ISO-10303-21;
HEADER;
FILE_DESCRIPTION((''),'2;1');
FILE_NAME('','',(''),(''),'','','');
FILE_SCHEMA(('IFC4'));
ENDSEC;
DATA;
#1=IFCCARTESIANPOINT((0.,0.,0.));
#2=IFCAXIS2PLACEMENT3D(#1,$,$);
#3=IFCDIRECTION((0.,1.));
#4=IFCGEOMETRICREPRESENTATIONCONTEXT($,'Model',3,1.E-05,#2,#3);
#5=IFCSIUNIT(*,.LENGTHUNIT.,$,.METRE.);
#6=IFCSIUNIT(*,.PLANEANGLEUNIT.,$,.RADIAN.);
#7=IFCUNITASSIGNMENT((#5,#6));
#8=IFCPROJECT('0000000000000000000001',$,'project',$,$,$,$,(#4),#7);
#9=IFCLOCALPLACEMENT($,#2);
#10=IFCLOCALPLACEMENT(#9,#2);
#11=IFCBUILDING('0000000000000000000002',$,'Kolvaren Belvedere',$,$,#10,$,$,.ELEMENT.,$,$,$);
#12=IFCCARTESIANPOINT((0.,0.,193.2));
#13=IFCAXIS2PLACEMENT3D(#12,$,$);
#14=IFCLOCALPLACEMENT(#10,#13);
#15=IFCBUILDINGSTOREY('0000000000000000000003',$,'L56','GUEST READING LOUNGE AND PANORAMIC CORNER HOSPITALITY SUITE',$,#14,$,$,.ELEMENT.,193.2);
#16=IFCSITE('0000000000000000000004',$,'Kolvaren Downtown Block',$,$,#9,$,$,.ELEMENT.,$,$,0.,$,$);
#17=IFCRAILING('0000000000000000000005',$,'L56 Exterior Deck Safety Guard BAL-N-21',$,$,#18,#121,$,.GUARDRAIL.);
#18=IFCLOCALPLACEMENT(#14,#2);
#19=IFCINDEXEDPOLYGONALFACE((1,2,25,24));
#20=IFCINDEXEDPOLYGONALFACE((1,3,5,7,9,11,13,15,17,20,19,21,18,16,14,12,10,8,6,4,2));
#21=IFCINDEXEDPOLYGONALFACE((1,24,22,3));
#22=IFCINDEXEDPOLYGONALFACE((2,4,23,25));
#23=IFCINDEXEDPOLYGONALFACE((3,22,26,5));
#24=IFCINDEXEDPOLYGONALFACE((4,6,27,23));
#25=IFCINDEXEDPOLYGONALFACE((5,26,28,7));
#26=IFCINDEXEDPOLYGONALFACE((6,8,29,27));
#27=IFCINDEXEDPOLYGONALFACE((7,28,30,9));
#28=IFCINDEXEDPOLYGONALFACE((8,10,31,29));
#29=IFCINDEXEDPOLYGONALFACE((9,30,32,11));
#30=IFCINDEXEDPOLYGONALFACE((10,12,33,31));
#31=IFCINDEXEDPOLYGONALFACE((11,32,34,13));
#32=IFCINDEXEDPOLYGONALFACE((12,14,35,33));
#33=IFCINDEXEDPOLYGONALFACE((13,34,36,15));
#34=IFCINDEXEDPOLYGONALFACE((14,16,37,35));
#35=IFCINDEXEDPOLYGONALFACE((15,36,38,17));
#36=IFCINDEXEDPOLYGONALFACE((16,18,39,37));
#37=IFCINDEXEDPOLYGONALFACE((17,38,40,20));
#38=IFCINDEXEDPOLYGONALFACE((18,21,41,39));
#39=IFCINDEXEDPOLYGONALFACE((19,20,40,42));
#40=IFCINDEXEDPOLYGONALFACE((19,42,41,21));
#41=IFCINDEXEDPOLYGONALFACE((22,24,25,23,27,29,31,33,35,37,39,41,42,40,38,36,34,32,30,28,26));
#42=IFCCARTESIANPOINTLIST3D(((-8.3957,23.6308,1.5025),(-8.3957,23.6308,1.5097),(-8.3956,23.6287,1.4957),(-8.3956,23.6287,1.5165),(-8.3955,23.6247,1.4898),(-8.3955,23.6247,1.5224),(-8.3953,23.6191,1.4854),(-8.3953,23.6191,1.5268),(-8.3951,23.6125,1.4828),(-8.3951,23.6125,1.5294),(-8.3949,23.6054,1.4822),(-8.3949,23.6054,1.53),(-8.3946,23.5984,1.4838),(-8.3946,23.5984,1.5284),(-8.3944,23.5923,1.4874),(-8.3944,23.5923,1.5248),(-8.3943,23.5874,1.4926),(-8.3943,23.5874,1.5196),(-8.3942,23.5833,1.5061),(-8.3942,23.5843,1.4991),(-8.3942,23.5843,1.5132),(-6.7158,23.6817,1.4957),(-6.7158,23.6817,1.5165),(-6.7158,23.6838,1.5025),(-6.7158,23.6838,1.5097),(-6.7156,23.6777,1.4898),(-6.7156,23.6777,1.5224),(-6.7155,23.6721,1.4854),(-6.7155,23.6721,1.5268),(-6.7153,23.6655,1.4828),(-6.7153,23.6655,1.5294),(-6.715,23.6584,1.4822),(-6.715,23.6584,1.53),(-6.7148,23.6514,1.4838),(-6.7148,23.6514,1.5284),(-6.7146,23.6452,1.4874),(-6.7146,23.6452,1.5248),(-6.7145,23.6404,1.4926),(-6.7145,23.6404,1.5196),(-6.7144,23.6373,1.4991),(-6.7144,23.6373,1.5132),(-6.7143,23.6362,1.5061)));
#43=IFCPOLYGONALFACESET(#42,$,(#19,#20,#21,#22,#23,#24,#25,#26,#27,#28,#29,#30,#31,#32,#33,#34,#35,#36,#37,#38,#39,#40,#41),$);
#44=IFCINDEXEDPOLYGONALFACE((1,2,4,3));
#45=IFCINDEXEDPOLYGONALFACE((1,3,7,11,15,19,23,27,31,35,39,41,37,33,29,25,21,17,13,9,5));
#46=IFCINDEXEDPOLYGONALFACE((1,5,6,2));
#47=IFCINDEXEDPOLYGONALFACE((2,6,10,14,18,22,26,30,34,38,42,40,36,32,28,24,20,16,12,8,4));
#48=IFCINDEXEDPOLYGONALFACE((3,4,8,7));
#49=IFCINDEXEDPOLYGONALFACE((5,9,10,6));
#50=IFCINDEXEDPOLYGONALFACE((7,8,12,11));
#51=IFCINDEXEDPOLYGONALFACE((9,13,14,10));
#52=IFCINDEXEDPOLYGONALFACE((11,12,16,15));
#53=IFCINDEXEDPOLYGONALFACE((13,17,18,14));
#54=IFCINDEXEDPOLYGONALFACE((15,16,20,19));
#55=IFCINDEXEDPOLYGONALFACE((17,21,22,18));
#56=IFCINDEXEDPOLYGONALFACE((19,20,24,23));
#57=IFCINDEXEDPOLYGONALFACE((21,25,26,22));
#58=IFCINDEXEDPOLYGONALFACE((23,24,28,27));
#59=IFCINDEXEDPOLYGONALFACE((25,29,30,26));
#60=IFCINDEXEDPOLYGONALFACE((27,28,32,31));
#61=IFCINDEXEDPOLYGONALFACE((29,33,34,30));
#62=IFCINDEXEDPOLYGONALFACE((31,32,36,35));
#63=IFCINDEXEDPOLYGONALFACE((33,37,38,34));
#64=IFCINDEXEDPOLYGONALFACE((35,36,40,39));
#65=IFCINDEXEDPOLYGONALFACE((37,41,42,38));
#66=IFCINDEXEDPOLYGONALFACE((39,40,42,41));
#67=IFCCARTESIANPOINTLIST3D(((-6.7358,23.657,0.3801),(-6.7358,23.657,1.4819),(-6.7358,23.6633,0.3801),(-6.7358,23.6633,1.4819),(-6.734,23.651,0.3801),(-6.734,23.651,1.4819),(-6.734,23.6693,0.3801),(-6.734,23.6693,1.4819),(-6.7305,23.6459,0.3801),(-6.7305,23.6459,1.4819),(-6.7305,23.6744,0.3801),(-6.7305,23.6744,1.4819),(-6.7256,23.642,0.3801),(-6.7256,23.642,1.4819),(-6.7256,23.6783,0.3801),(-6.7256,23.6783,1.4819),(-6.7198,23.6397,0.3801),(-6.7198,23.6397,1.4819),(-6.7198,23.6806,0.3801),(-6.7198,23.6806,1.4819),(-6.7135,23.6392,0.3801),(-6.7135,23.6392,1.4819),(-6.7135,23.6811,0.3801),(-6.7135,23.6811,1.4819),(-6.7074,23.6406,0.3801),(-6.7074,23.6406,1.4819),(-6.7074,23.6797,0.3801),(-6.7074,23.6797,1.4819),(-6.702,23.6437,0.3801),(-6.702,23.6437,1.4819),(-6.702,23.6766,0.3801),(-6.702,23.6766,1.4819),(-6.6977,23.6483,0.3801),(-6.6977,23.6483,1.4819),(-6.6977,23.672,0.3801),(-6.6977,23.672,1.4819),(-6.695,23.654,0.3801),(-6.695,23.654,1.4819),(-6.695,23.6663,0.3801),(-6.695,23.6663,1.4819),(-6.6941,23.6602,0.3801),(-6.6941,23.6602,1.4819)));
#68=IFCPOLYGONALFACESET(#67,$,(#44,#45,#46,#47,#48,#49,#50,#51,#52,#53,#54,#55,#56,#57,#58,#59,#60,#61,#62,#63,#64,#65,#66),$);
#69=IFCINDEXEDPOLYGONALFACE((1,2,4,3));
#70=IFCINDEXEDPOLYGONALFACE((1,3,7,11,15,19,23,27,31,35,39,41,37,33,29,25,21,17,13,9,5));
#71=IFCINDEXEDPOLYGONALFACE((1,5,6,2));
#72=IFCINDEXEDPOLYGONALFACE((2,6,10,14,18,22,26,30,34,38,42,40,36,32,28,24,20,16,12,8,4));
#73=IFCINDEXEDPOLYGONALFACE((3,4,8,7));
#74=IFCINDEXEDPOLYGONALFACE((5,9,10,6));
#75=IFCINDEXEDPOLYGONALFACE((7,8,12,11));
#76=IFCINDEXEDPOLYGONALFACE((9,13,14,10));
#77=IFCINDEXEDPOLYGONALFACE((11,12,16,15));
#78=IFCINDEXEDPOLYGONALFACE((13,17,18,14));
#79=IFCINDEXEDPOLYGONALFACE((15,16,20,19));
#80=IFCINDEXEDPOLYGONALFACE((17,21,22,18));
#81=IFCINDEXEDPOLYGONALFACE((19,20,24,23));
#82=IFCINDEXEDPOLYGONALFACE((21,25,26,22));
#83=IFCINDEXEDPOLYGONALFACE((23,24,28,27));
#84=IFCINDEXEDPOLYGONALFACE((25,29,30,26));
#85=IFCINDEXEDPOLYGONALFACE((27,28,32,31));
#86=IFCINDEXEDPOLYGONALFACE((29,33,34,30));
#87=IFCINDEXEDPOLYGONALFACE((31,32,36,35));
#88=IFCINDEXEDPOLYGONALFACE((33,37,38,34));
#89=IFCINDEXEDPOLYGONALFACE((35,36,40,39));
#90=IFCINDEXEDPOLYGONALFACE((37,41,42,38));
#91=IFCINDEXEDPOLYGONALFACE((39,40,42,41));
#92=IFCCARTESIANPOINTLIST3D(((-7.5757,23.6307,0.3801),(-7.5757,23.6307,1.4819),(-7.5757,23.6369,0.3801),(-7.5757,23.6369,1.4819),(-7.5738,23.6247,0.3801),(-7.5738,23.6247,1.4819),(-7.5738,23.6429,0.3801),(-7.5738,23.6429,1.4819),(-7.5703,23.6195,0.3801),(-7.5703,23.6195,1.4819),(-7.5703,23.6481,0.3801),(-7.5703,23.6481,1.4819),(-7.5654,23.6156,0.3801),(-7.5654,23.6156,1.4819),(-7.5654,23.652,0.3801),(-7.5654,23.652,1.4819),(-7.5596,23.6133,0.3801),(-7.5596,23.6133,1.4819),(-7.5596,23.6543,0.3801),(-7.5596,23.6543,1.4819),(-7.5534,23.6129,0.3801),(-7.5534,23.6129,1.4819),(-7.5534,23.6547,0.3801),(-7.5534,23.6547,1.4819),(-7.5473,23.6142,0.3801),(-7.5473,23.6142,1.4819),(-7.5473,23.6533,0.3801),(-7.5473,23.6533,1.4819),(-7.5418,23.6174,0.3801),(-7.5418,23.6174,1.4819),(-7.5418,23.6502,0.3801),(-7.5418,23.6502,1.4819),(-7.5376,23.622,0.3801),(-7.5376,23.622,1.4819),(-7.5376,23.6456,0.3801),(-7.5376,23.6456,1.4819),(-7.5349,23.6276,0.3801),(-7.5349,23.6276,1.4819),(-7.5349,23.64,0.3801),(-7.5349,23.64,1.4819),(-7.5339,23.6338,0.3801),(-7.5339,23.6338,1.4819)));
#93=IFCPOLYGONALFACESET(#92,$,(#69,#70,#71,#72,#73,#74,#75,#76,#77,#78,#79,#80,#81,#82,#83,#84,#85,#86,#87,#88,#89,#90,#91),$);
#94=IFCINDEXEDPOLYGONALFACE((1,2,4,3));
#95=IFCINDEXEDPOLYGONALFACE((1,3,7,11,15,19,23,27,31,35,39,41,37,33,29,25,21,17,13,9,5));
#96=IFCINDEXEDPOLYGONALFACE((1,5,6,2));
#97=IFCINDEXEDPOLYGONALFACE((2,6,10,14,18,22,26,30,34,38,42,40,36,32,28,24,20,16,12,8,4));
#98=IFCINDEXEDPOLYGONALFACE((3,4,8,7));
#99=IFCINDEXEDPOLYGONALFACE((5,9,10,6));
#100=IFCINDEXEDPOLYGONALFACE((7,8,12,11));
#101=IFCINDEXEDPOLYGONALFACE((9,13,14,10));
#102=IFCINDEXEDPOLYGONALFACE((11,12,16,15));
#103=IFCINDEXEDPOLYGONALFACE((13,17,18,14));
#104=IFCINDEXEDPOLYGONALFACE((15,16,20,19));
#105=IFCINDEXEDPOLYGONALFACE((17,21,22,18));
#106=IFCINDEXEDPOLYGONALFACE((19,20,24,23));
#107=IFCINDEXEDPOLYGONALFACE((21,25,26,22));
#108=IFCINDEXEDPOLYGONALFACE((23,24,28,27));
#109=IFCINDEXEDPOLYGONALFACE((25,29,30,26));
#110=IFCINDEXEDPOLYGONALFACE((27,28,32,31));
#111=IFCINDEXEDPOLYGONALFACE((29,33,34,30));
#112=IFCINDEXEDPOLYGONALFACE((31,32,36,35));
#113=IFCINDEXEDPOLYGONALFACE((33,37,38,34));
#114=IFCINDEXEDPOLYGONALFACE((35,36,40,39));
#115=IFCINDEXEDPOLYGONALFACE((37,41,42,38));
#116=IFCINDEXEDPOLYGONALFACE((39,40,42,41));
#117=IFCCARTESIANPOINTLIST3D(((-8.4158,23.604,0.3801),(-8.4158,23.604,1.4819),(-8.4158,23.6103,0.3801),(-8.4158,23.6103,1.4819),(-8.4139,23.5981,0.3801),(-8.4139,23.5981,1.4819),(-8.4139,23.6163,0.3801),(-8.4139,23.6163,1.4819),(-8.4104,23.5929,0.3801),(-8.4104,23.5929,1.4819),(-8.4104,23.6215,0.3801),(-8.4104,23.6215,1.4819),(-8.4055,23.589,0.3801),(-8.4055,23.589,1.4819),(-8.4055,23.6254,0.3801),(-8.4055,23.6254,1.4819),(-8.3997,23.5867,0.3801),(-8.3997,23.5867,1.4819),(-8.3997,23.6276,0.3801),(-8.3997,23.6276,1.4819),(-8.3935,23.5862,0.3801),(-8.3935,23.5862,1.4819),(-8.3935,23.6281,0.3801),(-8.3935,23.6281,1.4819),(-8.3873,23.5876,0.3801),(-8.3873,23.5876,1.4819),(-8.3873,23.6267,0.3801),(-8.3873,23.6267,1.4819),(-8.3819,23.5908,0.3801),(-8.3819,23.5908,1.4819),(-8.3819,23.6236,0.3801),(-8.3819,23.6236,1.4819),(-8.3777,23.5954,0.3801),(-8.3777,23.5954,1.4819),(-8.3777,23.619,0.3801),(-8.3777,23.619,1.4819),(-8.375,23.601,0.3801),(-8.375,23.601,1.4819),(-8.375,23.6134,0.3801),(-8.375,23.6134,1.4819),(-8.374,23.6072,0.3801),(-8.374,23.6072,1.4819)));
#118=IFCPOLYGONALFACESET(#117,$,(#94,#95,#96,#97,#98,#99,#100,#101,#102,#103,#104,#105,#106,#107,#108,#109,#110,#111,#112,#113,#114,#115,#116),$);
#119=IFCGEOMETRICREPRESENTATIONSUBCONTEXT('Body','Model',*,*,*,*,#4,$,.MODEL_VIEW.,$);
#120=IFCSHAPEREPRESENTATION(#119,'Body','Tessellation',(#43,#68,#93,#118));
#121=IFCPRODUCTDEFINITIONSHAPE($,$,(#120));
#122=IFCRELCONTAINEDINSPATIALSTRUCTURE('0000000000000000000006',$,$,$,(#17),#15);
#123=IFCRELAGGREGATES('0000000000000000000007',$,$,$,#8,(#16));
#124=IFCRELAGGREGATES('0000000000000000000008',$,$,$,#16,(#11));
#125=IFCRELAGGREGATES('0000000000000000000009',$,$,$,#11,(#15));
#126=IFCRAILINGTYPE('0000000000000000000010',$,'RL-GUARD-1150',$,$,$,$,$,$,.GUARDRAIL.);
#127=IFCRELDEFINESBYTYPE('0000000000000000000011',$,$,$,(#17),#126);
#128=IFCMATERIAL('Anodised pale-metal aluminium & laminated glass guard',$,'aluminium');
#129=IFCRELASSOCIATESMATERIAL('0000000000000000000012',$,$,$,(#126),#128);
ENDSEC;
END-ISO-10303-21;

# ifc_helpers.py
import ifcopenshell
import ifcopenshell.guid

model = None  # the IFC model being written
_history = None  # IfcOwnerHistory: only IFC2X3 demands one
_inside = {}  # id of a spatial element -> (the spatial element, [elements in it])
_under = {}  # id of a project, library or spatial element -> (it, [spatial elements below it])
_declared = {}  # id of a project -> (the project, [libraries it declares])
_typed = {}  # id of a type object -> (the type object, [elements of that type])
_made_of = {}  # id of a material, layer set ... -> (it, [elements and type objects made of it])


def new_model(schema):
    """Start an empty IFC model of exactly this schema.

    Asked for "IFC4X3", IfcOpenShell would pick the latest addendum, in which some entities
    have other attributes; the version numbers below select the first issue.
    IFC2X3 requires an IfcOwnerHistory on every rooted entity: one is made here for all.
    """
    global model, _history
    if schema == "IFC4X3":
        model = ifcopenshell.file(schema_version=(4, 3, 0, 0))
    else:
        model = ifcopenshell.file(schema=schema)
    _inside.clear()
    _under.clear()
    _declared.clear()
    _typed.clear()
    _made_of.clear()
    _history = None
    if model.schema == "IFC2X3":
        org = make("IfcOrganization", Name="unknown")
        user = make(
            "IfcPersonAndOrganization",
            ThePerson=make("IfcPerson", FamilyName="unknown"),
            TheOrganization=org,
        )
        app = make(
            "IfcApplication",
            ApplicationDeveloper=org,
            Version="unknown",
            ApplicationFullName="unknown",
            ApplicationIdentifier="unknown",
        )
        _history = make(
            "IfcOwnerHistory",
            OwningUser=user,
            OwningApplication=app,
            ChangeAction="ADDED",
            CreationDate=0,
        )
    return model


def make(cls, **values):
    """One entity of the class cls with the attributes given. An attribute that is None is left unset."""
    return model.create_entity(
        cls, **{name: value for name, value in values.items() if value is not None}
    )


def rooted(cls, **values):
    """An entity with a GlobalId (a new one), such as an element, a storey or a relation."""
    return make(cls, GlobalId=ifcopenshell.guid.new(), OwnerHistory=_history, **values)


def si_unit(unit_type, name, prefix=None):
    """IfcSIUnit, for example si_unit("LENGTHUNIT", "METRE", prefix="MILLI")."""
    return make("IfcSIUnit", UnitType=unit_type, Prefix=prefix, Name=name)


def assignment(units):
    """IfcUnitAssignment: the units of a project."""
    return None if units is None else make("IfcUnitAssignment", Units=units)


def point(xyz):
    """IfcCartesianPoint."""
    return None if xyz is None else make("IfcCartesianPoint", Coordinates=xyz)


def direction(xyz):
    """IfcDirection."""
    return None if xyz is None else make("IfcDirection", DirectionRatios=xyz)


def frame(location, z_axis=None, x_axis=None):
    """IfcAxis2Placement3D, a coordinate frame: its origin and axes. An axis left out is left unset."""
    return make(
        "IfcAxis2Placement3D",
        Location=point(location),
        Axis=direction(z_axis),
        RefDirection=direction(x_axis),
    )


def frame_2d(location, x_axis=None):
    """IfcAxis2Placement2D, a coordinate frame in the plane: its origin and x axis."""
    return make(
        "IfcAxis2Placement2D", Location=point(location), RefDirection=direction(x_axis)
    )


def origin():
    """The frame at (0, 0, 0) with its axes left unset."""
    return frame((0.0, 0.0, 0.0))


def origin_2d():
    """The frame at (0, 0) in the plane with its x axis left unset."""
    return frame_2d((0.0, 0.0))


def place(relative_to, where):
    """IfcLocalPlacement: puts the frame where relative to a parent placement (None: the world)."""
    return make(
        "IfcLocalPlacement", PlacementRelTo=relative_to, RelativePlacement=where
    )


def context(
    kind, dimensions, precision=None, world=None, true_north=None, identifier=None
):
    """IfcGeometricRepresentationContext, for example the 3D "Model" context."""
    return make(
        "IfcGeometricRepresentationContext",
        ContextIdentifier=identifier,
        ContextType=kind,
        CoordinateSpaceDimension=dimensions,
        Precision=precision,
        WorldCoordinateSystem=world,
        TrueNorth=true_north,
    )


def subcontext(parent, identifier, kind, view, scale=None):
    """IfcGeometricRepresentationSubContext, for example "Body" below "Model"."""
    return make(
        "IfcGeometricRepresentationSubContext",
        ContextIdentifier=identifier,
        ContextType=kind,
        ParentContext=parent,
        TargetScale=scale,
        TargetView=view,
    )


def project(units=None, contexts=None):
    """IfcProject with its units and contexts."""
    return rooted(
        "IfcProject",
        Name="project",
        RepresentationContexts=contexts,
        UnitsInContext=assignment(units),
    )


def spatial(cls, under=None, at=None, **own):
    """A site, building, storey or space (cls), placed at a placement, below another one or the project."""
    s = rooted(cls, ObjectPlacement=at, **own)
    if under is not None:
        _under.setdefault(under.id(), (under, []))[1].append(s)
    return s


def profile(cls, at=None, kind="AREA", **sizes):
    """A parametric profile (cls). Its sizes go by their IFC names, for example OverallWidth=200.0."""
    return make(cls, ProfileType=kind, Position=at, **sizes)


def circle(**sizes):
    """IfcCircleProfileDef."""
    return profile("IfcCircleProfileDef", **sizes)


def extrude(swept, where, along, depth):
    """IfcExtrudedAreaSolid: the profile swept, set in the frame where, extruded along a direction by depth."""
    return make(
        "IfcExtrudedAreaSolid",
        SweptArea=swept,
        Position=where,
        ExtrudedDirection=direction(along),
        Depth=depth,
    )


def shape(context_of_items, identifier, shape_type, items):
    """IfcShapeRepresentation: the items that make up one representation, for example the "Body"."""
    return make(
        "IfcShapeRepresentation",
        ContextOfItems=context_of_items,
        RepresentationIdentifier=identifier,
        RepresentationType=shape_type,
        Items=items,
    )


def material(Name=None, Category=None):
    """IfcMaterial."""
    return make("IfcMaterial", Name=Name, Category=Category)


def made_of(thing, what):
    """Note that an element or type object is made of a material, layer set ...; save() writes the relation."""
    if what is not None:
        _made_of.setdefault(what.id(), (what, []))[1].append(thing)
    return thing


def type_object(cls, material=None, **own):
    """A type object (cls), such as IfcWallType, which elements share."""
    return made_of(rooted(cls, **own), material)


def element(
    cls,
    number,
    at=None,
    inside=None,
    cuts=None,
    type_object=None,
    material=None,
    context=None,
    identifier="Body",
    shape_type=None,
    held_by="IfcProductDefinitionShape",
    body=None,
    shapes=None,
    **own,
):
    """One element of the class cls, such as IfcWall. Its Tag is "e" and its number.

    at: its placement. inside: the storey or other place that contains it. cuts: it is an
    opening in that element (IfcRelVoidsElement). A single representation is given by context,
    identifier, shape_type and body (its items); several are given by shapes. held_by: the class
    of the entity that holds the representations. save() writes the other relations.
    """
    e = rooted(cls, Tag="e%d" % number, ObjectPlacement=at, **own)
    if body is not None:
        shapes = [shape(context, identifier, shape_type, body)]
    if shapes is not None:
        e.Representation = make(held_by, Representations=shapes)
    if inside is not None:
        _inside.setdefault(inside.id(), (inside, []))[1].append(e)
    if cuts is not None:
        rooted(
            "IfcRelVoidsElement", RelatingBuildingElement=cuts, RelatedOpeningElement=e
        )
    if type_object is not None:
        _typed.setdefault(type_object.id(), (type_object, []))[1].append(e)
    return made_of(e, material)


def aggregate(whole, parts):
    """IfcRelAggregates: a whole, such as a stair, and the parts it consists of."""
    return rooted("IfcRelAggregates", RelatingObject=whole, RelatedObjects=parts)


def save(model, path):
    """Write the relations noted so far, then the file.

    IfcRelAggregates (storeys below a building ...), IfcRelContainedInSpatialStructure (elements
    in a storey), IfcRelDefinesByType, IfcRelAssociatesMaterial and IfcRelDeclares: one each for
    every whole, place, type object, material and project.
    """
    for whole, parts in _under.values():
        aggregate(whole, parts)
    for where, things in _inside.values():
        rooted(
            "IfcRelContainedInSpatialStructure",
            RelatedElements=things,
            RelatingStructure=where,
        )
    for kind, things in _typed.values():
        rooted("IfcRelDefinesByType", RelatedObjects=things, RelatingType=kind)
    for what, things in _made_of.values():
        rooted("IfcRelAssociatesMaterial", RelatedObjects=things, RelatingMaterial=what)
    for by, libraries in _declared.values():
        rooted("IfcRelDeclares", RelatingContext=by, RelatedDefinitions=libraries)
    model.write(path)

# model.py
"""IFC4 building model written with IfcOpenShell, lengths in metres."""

from ifc_helpers import new_model, si_unit, direction, frame, origin, origin_2d, place, context, subcontext, project, spatial, circle, extrude, material, type_object, element, save


model = new_model("IFC4")

# Units and contexts
model_context = context("Model", 3, precision=1e-05, world=origin(), true_north=direction((0.0, 1.0)))
body_context = subcontext(model_context, "Body", "Model", "MODEL_VIEW")
ifc_project = project(units=[si_unit("LENGTHUNIT", "METRE"), si_unit("PLANEANGLEUNIT", "RADIAN")], contexts=[model_context])

# Site, building, storey
site_placement = place(None, origin())
site = spatial("IfcSite", under=ifc_project, at=site_placement, Name="Kolvaren Downtown Block", CompositionType="ELEMENT", RefElevation=0.0)
building_placement = place(site_placement, origin())
building = spatial("IfcBuilding", under=site, at=building_placement, Name="Kolvaren Belvedere", CompositionType="ELEMENT")
storey_placement = place(building_placement, frame((0.0, 0.0, 193.2)))
storey = spatial("IfcBuildingStorey", under=building, at=storey_placement, Name="L56", Description="GUEST READING LOUNGE AND PANORAMIC CORNER HOSPITALITY SUITE", CompositionType="ELEMENT", Elevation=193.2)

# Railing
ifc_material_1 = material(Name="Anodised pale-metal aluminium & laminated glass guard", Category="aluminium")
railing_type = type_object("IfcRailingType", Name="RL-GUARD-1150", PredefinedType="GUARDRAIL", material=ifc_material_1)
railing_1_placement = place(storey_placement, frame((-6.7151, 23.6602, 0.3801)))
element("IfcRailing", 1, at=railing_1_placement, inside=storey, type_object=railing_type, Name="L56 Exterior Deck Safety Guard BAL-N-21", PredefinedType="GUARDRAIL", context=body_context, shape_type="SweptSolid", body=[
    extrude(circle(Radius=0.0239, at=origin_2d()), frame((0.0, 0.0, 1.126), z_axis=(-0.999503, -0.03152, 0.0), x_axis=(0.03152, -0.999503, 0.0)), (0.0, 0.0, 1.0), 1.6807),
    extrude(circle(Radius=0.021, at=origin_2d()), origin(), (0.0, 0.0, 1.0), 1.1018),
    extrude(circle(Radius=0.021, at=origin_2d()), frame((-0.8398, -0.0264, 0.0)), (0.0, 0.0, 1.0), 1.1018),
    extrude(circle(Radius=0.021, at=origin_2d()), frame((-1.6799, -0.053, 0.0)), (0.0, 0.0, 1.0), 1.1018),
])

save(model, "model.ifc")
